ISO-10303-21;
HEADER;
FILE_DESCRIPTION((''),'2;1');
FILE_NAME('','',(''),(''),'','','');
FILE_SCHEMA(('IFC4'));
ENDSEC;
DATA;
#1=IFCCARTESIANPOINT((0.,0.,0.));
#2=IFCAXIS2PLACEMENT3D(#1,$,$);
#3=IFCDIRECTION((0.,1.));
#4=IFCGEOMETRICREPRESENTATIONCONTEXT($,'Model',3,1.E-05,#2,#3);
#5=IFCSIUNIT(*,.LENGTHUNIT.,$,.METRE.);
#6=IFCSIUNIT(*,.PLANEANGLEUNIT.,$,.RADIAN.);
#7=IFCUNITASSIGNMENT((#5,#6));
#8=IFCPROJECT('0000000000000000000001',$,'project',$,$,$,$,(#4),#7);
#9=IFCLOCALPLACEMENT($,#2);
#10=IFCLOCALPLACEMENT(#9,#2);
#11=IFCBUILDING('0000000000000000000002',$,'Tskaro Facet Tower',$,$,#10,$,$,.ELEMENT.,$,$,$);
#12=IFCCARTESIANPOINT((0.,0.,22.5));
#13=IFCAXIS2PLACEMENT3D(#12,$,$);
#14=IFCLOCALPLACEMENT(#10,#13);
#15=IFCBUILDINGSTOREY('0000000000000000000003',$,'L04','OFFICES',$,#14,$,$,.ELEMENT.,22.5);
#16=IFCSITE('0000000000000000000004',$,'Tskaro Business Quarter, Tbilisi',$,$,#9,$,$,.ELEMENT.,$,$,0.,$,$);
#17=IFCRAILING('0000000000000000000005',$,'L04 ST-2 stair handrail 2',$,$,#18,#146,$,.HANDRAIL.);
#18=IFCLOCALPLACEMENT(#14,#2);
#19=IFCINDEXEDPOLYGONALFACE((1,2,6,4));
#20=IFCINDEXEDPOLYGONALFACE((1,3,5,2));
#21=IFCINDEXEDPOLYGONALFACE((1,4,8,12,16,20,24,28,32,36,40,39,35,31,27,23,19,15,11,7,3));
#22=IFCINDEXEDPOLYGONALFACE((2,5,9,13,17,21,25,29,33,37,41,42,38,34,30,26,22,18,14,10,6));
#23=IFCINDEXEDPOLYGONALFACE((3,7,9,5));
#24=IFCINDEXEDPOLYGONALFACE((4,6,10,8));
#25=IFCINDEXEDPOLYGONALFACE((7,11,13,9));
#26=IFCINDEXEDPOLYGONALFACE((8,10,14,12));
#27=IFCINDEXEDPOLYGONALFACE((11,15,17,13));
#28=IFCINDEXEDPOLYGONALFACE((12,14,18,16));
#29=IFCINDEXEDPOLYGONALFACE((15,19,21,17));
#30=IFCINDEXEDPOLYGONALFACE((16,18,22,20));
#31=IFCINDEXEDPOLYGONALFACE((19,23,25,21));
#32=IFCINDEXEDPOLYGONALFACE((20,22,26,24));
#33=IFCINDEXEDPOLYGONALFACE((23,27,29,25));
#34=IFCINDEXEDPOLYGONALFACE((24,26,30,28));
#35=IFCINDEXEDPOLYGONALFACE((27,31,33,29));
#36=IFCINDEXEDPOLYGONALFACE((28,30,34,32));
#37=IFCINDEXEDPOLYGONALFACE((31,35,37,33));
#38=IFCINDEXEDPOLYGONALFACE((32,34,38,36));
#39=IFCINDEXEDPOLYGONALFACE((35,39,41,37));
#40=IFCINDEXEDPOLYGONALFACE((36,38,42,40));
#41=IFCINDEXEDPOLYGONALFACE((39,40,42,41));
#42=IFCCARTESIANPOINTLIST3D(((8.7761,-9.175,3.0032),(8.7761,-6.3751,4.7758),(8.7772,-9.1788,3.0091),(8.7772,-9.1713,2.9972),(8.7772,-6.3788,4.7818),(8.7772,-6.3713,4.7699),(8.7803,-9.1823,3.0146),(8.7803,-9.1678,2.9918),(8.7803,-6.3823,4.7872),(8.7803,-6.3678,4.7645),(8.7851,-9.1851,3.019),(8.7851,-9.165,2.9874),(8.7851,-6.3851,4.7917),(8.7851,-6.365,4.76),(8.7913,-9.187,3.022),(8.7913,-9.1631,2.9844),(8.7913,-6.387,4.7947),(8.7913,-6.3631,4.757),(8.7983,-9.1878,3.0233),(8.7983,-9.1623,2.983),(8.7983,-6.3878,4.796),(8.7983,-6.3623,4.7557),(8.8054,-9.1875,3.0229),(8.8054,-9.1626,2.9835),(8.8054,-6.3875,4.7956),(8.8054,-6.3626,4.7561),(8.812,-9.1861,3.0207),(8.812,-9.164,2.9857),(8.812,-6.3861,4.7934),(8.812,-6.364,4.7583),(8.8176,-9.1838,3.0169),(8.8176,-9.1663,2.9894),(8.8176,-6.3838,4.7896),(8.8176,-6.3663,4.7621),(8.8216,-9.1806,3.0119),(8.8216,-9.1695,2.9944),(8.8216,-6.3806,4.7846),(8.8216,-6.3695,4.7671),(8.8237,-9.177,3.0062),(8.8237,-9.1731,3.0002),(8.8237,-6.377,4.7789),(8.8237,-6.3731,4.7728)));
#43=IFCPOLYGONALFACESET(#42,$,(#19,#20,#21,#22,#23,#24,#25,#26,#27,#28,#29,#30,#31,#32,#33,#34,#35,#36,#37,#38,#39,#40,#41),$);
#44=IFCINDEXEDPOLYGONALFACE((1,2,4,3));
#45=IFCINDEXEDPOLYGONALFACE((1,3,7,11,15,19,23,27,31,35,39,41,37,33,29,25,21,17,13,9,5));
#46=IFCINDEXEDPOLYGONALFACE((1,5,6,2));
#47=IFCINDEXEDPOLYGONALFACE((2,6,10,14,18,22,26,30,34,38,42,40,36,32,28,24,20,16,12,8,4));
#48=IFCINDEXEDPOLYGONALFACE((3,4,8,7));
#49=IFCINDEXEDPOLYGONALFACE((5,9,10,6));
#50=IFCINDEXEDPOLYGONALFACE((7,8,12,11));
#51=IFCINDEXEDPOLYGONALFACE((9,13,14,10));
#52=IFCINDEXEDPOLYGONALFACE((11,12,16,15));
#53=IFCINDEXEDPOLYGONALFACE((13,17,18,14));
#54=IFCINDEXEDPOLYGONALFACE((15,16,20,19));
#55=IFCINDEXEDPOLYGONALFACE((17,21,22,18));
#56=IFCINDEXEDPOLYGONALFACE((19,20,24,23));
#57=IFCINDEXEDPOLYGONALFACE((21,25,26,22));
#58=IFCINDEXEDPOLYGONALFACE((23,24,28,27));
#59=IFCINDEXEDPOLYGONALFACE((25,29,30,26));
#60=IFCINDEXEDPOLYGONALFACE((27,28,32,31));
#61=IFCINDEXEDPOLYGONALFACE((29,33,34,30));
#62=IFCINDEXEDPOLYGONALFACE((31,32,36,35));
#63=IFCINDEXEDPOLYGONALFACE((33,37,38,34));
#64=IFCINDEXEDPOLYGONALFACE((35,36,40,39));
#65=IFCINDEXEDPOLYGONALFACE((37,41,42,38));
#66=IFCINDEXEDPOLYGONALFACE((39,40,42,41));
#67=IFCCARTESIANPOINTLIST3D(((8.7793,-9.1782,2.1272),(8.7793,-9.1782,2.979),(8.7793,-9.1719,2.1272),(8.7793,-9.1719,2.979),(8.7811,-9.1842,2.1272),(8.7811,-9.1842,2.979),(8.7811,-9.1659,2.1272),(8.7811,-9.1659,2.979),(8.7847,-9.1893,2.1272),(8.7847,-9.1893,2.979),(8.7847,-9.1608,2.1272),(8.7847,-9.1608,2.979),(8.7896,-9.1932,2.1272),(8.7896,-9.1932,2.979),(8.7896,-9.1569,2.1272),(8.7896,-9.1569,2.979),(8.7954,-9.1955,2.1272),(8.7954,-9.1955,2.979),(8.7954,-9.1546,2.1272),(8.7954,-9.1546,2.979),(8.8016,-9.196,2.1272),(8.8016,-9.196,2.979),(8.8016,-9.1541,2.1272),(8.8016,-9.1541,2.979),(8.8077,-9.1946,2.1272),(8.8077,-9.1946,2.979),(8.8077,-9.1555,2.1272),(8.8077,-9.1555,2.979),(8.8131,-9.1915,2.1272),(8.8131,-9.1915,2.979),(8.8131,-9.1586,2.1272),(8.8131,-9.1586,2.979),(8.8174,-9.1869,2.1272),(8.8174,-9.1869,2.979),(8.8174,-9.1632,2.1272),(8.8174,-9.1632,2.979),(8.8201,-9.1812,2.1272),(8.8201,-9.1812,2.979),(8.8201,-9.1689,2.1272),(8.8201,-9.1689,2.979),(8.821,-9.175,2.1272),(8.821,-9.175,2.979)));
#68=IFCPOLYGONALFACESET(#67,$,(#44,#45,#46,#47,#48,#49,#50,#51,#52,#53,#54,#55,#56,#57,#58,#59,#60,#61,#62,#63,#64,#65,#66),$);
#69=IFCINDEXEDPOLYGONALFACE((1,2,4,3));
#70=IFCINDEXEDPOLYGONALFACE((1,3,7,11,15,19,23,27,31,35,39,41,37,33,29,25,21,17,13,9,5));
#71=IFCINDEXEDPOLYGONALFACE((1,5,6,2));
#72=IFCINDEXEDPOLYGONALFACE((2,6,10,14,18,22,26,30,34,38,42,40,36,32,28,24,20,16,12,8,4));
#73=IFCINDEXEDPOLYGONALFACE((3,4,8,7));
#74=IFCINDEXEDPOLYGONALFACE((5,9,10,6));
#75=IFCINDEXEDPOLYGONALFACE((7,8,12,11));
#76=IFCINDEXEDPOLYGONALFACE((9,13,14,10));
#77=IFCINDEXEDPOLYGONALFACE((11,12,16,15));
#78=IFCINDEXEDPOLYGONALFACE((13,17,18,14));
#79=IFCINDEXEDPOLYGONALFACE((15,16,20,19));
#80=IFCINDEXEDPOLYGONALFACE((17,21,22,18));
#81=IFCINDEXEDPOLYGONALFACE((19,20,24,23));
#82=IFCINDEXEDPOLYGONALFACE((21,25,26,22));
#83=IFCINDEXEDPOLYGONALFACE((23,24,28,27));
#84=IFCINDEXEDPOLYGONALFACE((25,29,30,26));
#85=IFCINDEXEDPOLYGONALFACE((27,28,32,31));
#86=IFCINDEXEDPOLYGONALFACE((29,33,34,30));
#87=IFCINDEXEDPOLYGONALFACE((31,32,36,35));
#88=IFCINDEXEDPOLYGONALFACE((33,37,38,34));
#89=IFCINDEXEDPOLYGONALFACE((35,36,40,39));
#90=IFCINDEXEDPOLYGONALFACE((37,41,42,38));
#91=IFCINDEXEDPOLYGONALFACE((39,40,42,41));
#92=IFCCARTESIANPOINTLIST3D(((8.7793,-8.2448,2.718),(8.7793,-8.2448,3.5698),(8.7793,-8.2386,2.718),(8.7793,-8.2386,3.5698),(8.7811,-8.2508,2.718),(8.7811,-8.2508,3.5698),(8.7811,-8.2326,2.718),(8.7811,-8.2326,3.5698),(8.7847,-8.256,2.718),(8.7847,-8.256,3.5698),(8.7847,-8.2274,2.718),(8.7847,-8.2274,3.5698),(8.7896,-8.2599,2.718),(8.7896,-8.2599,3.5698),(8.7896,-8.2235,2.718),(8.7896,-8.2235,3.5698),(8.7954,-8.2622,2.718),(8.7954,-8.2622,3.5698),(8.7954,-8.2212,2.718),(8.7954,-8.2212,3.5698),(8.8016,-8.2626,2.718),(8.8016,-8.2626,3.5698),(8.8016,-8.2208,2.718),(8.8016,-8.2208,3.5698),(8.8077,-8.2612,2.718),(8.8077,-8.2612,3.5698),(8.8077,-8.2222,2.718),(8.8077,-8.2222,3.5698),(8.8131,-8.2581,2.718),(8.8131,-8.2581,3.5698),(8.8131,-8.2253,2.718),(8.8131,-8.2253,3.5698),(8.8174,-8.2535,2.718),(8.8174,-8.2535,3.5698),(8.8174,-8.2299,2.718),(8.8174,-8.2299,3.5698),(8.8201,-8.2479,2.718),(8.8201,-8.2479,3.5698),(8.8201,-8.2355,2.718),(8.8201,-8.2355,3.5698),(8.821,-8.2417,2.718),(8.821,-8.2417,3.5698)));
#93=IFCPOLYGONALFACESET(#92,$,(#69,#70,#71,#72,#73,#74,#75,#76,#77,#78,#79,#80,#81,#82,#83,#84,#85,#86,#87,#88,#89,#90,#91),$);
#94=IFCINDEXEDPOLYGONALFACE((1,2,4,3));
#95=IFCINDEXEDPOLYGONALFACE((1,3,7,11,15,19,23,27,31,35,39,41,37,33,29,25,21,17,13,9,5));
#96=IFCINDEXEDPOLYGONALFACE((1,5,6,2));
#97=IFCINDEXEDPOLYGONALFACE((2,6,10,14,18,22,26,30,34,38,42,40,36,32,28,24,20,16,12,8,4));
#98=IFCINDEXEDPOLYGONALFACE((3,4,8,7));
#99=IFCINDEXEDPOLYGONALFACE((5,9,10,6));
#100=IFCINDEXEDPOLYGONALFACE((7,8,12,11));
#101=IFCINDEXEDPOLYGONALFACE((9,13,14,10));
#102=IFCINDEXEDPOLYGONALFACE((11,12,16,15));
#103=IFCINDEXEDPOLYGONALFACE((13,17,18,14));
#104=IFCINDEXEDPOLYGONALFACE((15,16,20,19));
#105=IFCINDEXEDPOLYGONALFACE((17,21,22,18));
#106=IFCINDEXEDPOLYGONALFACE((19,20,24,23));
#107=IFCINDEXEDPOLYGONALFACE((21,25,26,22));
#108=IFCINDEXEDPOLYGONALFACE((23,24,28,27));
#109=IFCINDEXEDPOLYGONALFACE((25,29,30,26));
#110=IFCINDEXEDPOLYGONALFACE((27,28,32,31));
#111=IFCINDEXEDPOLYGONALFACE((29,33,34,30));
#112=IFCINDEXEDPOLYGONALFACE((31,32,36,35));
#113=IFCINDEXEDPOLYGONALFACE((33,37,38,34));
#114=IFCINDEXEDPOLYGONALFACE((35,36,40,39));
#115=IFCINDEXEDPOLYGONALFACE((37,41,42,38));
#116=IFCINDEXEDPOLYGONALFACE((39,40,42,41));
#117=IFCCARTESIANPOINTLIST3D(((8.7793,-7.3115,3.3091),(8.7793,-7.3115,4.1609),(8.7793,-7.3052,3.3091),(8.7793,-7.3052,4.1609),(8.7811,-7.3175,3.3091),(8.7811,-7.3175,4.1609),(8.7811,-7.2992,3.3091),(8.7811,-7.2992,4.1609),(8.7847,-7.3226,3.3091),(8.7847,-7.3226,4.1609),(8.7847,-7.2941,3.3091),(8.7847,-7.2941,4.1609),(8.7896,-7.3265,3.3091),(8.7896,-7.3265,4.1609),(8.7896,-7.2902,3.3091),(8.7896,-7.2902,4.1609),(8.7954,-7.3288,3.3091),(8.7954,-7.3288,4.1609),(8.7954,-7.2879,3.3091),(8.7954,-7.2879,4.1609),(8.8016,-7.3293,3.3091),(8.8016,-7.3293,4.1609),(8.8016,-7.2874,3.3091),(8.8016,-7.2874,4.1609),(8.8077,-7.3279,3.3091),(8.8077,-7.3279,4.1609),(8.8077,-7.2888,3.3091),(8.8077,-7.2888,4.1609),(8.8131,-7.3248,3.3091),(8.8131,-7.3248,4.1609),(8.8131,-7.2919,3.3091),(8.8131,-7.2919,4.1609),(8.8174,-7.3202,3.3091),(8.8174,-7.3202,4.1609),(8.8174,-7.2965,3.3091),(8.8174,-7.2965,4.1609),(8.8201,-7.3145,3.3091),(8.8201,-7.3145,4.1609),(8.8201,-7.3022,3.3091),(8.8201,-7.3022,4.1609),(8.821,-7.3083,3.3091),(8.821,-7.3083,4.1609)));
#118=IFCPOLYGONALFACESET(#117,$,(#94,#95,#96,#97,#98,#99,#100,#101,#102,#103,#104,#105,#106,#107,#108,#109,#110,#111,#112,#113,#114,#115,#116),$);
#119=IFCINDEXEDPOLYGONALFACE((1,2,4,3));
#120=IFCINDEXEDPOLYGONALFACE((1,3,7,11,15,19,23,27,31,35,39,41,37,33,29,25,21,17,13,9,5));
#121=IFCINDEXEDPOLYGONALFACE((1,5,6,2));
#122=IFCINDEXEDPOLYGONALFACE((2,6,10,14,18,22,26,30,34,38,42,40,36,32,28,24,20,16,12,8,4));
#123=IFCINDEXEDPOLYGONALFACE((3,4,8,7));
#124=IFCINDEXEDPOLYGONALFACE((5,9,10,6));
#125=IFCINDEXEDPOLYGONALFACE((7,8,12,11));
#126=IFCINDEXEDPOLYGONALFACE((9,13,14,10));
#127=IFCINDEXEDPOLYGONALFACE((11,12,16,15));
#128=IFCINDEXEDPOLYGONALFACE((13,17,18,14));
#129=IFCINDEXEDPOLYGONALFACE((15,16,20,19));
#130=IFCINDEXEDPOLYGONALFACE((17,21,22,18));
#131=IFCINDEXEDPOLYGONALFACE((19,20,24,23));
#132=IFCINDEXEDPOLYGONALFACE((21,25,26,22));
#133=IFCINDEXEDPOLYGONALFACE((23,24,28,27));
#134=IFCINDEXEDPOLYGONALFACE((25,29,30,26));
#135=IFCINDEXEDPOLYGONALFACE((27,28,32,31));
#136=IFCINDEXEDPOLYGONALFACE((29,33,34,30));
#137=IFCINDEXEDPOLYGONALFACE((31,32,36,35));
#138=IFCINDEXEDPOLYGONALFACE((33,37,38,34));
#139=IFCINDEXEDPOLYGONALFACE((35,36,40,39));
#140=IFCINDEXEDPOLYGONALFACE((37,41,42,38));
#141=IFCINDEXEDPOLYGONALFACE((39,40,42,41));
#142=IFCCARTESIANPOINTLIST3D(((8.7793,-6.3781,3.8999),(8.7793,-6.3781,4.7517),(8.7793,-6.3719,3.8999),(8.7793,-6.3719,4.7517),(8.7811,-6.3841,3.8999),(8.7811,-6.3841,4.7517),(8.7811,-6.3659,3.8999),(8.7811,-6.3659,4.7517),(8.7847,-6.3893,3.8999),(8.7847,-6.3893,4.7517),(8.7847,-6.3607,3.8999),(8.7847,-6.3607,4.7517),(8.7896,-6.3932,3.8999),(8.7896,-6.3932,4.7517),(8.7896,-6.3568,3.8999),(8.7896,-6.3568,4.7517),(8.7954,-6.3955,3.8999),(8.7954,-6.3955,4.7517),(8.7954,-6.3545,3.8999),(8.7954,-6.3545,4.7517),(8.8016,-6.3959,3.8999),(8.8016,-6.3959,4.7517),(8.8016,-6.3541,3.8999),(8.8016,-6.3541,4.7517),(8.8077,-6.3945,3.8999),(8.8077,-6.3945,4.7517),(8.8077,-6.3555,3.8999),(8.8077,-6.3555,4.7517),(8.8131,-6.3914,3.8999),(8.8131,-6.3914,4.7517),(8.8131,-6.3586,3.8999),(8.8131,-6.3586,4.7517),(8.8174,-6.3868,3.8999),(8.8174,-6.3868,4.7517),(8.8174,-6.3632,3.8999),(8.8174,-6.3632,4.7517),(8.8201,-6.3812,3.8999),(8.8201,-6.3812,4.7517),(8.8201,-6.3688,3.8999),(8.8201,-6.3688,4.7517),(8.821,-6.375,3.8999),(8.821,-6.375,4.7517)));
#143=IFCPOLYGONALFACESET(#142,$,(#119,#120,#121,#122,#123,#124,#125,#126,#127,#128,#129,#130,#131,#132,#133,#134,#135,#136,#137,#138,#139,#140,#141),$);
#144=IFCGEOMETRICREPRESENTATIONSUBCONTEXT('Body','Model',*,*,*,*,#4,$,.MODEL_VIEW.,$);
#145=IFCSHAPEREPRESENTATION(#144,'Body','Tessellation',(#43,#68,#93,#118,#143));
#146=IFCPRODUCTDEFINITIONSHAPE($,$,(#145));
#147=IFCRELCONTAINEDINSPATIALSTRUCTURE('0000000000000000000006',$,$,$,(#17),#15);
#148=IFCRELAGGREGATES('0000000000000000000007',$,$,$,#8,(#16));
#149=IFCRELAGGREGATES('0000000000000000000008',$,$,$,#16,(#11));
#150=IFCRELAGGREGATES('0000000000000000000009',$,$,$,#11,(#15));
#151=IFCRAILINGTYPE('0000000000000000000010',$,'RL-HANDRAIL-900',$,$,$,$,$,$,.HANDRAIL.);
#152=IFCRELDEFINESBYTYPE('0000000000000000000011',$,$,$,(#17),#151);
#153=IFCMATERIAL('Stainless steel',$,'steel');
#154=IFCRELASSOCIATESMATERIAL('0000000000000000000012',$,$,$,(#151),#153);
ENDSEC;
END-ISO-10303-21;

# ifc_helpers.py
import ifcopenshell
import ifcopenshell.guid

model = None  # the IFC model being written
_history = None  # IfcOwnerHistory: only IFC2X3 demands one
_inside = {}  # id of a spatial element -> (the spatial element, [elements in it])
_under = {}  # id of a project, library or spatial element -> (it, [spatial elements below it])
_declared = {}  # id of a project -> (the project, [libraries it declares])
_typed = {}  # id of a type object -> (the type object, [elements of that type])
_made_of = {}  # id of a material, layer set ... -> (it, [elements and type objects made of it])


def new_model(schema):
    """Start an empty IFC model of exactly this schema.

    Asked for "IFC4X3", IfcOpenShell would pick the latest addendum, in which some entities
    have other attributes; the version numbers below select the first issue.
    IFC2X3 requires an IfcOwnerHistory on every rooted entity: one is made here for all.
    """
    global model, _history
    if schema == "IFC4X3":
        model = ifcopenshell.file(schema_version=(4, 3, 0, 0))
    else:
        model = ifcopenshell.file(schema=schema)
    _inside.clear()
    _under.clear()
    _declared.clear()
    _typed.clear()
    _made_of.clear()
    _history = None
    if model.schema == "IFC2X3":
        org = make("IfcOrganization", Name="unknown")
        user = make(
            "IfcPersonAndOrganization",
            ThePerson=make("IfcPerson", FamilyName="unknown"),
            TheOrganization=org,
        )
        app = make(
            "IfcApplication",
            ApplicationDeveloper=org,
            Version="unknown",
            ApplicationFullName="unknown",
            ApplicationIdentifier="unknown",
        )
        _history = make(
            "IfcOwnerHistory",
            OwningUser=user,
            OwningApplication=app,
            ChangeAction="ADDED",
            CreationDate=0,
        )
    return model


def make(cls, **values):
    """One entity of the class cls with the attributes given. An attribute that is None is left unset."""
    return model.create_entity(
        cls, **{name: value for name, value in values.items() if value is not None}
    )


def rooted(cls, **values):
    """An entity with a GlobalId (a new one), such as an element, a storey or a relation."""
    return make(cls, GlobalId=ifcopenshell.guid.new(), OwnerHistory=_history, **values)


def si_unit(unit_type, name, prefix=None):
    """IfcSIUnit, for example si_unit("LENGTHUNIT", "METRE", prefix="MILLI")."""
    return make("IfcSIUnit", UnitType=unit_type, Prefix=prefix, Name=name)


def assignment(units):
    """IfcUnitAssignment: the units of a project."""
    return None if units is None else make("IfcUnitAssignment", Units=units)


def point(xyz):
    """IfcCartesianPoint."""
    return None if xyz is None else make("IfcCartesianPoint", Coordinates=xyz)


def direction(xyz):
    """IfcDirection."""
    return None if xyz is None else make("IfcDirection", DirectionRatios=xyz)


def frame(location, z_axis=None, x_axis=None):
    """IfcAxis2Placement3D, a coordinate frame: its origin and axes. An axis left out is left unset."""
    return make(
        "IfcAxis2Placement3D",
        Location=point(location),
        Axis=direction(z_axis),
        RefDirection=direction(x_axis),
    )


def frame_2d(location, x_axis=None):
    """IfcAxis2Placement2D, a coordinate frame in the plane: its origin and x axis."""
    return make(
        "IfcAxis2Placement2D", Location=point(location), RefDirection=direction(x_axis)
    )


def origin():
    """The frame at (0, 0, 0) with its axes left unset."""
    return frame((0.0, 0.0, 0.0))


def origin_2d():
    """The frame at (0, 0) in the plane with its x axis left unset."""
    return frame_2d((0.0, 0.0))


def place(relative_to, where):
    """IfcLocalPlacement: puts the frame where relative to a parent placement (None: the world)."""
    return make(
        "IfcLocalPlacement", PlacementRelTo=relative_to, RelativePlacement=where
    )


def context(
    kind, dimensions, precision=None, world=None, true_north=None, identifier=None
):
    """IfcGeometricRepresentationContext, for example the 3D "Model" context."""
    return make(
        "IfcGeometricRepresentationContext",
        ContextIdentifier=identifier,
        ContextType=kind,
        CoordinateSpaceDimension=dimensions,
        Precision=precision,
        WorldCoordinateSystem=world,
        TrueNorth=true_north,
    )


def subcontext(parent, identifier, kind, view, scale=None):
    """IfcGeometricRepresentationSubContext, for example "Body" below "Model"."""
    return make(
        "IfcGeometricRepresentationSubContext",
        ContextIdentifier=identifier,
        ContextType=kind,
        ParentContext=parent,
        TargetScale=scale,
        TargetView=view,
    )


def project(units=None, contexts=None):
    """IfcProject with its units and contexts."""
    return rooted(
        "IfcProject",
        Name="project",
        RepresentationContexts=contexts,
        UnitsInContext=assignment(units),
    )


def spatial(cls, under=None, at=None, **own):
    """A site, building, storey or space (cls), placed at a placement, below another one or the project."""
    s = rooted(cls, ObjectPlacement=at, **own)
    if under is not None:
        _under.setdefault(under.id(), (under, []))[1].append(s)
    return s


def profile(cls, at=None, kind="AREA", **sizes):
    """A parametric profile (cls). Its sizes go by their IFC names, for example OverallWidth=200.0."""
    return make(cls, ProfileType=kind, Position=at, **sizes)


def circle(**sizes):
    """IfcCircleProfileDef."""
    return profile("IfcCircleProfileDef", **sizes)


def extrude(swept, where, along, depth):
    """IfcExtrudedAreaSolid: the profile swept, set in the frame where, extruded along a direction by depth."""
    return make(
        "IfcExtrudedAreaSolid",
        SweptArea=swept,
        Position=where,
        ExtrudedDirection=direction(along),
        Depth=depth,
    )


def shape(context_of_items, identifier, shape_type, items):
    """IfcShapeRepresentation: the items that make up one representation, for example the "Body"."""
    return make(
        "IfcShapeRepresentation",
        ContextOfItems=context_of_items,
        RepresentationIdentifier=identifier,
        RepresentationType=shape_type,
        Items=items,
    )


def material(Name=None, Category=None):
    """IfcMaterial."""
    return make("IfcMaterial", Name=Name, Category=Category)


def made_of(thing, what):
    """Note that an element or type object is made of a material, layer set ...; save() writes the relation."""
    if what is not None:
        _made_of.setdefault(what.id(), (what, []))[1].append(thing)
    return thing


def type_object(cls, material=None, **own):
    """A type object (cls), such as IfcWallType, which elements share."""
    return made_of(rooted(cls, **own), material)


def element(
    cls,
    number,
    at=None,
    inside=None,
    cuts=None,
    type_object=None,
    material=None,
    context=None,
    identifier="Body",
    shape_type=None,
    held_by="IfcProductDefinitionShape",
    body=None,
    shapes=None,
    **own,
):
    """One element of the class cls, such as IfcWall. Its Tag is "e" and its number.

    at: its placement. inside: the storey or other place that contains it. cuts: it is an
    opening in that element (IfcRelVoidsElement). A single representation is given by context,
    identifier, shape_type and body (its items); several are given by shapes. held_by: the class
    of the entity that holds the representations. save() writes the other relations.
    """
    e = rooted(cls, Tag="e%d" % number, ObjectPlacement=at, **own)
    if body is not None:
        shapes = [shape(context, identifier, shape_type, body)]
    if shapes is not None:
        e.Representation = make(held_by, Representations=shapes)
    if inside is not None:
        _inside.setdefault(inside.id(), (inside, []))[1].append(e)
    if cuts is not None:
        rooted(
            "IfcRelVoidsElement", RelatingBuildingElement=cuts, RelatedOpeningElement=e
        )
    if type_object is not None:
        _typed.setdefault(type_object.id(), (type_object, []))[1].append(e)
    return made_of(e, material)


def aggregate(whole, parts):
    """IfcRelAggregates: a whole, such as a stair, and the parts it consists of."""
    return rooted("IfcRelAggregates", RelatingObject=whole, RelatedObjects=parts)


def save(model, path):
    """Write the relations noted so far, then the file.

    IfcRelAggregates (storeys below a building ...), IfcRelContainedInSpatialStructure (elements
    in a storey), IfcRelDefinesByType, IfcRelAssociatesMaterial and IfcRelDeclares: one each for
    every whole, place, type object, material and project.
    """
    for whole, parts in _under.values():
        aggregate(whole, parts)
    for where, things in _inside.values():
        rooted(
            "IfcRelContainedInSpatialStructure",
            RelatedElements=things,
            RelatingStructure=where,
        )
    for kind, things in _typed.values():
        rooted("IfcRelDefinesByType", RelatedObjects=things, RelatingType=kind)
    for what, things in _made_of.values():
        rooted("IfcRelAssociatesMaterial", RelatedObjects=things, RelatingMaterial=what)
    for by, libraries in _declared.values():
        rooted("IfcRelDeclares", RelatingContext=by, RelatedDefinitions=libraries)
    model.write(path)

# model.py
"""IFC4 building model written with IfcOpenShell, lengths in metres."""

from ifc_helpers import new_model, si_unit, direction, frame, origin, origin_2d, place, context, subcontext, project, spatial, circle, extrude, material, type_object, element, save


model = new_model("IFC4")

# Units and contexts
model_context = context("Model", 3, precision=1e-05, world=origin(), true_north=direction((0.0, 1.0)))
body_context = subcontext(model_context, "Body", "Model", "MODEL_VIEW")
ifc_project = project(units=[si_unit("LENGTHUNIT", "METRE"), si_unit("PLANEANGLEUNIT", "RADIAN")], contexts=[model_context])

# Site, building, storey
site_placement = place(None, origin())
site = spatial("IfcSite", under=ifc_project, at=site_placement, Name="Tskaro Business Quarter, Tbilisi", CompositionType="ELEMENT", RefElevation=0.0)
building_placement = place(site_placement, origin())
building = spatial("IfcBuilding", under=site, at=building_placement, Name="Tskaro Facet Tower", CompositionType="ELEMENT")
storey_placement = place(building_placement, frame((0.0, 0.0, 22.5)))
storey = spatial("IfcBuildingStorey", under=building, at=storey_placement, Name="L04", Description="OFFICES", CompositionType="ELEMENT", Elevation=22.5)

# Railing
ifc_material_1 = material(Name="Stainless steel", Category="steel")
railing_type_1 = type_object("IfcRailingType", Name="RL-HANDRAIL-900", PredefinedType="HANDRAIL", material=ifc_material_1)
railing_1_placement = place(storey_placement, frame((8.8, -9.175, 2.1272)))
element("IfcRailing", 1, at=railing_1_placement, inside=storey, type_object=railing_type_1, Name="L04 ST-2 stair handrail 2", PredefinedType="HANDRAIL", context=body_context, shape_type="SweptSolid", body=[
    extrude(circle(Radius=0.0239, at=origin_2d()), frame((0.0, 0.0, 0.876), z_axis=(0.0, 0.844909, 0.53491), x_axis=(-1.0, 0.0, 0.0)), (0.0, 0.0, 1.0), 3.314),
    extrude(circle(Radius=0.021, at=origin_2d()), origin(), (0.0, 0.0, 1.0), 0.8518),
    extrude(circle(Radius=0.021, at=origin_2d()), frame((0.0, 0.9333, 0.5908)), (0.0, 0.0, 1.0), 0.8518),
    extrude(circle(Radius=0.021, at=origin_2d()), frame((0.0, 1.8667, 1.1819)), (0.0, 0.0, 1.0), 0.8518),
    extrude(circle(Radius=0.021, at=origin_2d()), frame((0.0, 2.8, 1.7727)), (0.0, 0.0, 1.0), 0.8518),
])

save(model, "model.ifc")
